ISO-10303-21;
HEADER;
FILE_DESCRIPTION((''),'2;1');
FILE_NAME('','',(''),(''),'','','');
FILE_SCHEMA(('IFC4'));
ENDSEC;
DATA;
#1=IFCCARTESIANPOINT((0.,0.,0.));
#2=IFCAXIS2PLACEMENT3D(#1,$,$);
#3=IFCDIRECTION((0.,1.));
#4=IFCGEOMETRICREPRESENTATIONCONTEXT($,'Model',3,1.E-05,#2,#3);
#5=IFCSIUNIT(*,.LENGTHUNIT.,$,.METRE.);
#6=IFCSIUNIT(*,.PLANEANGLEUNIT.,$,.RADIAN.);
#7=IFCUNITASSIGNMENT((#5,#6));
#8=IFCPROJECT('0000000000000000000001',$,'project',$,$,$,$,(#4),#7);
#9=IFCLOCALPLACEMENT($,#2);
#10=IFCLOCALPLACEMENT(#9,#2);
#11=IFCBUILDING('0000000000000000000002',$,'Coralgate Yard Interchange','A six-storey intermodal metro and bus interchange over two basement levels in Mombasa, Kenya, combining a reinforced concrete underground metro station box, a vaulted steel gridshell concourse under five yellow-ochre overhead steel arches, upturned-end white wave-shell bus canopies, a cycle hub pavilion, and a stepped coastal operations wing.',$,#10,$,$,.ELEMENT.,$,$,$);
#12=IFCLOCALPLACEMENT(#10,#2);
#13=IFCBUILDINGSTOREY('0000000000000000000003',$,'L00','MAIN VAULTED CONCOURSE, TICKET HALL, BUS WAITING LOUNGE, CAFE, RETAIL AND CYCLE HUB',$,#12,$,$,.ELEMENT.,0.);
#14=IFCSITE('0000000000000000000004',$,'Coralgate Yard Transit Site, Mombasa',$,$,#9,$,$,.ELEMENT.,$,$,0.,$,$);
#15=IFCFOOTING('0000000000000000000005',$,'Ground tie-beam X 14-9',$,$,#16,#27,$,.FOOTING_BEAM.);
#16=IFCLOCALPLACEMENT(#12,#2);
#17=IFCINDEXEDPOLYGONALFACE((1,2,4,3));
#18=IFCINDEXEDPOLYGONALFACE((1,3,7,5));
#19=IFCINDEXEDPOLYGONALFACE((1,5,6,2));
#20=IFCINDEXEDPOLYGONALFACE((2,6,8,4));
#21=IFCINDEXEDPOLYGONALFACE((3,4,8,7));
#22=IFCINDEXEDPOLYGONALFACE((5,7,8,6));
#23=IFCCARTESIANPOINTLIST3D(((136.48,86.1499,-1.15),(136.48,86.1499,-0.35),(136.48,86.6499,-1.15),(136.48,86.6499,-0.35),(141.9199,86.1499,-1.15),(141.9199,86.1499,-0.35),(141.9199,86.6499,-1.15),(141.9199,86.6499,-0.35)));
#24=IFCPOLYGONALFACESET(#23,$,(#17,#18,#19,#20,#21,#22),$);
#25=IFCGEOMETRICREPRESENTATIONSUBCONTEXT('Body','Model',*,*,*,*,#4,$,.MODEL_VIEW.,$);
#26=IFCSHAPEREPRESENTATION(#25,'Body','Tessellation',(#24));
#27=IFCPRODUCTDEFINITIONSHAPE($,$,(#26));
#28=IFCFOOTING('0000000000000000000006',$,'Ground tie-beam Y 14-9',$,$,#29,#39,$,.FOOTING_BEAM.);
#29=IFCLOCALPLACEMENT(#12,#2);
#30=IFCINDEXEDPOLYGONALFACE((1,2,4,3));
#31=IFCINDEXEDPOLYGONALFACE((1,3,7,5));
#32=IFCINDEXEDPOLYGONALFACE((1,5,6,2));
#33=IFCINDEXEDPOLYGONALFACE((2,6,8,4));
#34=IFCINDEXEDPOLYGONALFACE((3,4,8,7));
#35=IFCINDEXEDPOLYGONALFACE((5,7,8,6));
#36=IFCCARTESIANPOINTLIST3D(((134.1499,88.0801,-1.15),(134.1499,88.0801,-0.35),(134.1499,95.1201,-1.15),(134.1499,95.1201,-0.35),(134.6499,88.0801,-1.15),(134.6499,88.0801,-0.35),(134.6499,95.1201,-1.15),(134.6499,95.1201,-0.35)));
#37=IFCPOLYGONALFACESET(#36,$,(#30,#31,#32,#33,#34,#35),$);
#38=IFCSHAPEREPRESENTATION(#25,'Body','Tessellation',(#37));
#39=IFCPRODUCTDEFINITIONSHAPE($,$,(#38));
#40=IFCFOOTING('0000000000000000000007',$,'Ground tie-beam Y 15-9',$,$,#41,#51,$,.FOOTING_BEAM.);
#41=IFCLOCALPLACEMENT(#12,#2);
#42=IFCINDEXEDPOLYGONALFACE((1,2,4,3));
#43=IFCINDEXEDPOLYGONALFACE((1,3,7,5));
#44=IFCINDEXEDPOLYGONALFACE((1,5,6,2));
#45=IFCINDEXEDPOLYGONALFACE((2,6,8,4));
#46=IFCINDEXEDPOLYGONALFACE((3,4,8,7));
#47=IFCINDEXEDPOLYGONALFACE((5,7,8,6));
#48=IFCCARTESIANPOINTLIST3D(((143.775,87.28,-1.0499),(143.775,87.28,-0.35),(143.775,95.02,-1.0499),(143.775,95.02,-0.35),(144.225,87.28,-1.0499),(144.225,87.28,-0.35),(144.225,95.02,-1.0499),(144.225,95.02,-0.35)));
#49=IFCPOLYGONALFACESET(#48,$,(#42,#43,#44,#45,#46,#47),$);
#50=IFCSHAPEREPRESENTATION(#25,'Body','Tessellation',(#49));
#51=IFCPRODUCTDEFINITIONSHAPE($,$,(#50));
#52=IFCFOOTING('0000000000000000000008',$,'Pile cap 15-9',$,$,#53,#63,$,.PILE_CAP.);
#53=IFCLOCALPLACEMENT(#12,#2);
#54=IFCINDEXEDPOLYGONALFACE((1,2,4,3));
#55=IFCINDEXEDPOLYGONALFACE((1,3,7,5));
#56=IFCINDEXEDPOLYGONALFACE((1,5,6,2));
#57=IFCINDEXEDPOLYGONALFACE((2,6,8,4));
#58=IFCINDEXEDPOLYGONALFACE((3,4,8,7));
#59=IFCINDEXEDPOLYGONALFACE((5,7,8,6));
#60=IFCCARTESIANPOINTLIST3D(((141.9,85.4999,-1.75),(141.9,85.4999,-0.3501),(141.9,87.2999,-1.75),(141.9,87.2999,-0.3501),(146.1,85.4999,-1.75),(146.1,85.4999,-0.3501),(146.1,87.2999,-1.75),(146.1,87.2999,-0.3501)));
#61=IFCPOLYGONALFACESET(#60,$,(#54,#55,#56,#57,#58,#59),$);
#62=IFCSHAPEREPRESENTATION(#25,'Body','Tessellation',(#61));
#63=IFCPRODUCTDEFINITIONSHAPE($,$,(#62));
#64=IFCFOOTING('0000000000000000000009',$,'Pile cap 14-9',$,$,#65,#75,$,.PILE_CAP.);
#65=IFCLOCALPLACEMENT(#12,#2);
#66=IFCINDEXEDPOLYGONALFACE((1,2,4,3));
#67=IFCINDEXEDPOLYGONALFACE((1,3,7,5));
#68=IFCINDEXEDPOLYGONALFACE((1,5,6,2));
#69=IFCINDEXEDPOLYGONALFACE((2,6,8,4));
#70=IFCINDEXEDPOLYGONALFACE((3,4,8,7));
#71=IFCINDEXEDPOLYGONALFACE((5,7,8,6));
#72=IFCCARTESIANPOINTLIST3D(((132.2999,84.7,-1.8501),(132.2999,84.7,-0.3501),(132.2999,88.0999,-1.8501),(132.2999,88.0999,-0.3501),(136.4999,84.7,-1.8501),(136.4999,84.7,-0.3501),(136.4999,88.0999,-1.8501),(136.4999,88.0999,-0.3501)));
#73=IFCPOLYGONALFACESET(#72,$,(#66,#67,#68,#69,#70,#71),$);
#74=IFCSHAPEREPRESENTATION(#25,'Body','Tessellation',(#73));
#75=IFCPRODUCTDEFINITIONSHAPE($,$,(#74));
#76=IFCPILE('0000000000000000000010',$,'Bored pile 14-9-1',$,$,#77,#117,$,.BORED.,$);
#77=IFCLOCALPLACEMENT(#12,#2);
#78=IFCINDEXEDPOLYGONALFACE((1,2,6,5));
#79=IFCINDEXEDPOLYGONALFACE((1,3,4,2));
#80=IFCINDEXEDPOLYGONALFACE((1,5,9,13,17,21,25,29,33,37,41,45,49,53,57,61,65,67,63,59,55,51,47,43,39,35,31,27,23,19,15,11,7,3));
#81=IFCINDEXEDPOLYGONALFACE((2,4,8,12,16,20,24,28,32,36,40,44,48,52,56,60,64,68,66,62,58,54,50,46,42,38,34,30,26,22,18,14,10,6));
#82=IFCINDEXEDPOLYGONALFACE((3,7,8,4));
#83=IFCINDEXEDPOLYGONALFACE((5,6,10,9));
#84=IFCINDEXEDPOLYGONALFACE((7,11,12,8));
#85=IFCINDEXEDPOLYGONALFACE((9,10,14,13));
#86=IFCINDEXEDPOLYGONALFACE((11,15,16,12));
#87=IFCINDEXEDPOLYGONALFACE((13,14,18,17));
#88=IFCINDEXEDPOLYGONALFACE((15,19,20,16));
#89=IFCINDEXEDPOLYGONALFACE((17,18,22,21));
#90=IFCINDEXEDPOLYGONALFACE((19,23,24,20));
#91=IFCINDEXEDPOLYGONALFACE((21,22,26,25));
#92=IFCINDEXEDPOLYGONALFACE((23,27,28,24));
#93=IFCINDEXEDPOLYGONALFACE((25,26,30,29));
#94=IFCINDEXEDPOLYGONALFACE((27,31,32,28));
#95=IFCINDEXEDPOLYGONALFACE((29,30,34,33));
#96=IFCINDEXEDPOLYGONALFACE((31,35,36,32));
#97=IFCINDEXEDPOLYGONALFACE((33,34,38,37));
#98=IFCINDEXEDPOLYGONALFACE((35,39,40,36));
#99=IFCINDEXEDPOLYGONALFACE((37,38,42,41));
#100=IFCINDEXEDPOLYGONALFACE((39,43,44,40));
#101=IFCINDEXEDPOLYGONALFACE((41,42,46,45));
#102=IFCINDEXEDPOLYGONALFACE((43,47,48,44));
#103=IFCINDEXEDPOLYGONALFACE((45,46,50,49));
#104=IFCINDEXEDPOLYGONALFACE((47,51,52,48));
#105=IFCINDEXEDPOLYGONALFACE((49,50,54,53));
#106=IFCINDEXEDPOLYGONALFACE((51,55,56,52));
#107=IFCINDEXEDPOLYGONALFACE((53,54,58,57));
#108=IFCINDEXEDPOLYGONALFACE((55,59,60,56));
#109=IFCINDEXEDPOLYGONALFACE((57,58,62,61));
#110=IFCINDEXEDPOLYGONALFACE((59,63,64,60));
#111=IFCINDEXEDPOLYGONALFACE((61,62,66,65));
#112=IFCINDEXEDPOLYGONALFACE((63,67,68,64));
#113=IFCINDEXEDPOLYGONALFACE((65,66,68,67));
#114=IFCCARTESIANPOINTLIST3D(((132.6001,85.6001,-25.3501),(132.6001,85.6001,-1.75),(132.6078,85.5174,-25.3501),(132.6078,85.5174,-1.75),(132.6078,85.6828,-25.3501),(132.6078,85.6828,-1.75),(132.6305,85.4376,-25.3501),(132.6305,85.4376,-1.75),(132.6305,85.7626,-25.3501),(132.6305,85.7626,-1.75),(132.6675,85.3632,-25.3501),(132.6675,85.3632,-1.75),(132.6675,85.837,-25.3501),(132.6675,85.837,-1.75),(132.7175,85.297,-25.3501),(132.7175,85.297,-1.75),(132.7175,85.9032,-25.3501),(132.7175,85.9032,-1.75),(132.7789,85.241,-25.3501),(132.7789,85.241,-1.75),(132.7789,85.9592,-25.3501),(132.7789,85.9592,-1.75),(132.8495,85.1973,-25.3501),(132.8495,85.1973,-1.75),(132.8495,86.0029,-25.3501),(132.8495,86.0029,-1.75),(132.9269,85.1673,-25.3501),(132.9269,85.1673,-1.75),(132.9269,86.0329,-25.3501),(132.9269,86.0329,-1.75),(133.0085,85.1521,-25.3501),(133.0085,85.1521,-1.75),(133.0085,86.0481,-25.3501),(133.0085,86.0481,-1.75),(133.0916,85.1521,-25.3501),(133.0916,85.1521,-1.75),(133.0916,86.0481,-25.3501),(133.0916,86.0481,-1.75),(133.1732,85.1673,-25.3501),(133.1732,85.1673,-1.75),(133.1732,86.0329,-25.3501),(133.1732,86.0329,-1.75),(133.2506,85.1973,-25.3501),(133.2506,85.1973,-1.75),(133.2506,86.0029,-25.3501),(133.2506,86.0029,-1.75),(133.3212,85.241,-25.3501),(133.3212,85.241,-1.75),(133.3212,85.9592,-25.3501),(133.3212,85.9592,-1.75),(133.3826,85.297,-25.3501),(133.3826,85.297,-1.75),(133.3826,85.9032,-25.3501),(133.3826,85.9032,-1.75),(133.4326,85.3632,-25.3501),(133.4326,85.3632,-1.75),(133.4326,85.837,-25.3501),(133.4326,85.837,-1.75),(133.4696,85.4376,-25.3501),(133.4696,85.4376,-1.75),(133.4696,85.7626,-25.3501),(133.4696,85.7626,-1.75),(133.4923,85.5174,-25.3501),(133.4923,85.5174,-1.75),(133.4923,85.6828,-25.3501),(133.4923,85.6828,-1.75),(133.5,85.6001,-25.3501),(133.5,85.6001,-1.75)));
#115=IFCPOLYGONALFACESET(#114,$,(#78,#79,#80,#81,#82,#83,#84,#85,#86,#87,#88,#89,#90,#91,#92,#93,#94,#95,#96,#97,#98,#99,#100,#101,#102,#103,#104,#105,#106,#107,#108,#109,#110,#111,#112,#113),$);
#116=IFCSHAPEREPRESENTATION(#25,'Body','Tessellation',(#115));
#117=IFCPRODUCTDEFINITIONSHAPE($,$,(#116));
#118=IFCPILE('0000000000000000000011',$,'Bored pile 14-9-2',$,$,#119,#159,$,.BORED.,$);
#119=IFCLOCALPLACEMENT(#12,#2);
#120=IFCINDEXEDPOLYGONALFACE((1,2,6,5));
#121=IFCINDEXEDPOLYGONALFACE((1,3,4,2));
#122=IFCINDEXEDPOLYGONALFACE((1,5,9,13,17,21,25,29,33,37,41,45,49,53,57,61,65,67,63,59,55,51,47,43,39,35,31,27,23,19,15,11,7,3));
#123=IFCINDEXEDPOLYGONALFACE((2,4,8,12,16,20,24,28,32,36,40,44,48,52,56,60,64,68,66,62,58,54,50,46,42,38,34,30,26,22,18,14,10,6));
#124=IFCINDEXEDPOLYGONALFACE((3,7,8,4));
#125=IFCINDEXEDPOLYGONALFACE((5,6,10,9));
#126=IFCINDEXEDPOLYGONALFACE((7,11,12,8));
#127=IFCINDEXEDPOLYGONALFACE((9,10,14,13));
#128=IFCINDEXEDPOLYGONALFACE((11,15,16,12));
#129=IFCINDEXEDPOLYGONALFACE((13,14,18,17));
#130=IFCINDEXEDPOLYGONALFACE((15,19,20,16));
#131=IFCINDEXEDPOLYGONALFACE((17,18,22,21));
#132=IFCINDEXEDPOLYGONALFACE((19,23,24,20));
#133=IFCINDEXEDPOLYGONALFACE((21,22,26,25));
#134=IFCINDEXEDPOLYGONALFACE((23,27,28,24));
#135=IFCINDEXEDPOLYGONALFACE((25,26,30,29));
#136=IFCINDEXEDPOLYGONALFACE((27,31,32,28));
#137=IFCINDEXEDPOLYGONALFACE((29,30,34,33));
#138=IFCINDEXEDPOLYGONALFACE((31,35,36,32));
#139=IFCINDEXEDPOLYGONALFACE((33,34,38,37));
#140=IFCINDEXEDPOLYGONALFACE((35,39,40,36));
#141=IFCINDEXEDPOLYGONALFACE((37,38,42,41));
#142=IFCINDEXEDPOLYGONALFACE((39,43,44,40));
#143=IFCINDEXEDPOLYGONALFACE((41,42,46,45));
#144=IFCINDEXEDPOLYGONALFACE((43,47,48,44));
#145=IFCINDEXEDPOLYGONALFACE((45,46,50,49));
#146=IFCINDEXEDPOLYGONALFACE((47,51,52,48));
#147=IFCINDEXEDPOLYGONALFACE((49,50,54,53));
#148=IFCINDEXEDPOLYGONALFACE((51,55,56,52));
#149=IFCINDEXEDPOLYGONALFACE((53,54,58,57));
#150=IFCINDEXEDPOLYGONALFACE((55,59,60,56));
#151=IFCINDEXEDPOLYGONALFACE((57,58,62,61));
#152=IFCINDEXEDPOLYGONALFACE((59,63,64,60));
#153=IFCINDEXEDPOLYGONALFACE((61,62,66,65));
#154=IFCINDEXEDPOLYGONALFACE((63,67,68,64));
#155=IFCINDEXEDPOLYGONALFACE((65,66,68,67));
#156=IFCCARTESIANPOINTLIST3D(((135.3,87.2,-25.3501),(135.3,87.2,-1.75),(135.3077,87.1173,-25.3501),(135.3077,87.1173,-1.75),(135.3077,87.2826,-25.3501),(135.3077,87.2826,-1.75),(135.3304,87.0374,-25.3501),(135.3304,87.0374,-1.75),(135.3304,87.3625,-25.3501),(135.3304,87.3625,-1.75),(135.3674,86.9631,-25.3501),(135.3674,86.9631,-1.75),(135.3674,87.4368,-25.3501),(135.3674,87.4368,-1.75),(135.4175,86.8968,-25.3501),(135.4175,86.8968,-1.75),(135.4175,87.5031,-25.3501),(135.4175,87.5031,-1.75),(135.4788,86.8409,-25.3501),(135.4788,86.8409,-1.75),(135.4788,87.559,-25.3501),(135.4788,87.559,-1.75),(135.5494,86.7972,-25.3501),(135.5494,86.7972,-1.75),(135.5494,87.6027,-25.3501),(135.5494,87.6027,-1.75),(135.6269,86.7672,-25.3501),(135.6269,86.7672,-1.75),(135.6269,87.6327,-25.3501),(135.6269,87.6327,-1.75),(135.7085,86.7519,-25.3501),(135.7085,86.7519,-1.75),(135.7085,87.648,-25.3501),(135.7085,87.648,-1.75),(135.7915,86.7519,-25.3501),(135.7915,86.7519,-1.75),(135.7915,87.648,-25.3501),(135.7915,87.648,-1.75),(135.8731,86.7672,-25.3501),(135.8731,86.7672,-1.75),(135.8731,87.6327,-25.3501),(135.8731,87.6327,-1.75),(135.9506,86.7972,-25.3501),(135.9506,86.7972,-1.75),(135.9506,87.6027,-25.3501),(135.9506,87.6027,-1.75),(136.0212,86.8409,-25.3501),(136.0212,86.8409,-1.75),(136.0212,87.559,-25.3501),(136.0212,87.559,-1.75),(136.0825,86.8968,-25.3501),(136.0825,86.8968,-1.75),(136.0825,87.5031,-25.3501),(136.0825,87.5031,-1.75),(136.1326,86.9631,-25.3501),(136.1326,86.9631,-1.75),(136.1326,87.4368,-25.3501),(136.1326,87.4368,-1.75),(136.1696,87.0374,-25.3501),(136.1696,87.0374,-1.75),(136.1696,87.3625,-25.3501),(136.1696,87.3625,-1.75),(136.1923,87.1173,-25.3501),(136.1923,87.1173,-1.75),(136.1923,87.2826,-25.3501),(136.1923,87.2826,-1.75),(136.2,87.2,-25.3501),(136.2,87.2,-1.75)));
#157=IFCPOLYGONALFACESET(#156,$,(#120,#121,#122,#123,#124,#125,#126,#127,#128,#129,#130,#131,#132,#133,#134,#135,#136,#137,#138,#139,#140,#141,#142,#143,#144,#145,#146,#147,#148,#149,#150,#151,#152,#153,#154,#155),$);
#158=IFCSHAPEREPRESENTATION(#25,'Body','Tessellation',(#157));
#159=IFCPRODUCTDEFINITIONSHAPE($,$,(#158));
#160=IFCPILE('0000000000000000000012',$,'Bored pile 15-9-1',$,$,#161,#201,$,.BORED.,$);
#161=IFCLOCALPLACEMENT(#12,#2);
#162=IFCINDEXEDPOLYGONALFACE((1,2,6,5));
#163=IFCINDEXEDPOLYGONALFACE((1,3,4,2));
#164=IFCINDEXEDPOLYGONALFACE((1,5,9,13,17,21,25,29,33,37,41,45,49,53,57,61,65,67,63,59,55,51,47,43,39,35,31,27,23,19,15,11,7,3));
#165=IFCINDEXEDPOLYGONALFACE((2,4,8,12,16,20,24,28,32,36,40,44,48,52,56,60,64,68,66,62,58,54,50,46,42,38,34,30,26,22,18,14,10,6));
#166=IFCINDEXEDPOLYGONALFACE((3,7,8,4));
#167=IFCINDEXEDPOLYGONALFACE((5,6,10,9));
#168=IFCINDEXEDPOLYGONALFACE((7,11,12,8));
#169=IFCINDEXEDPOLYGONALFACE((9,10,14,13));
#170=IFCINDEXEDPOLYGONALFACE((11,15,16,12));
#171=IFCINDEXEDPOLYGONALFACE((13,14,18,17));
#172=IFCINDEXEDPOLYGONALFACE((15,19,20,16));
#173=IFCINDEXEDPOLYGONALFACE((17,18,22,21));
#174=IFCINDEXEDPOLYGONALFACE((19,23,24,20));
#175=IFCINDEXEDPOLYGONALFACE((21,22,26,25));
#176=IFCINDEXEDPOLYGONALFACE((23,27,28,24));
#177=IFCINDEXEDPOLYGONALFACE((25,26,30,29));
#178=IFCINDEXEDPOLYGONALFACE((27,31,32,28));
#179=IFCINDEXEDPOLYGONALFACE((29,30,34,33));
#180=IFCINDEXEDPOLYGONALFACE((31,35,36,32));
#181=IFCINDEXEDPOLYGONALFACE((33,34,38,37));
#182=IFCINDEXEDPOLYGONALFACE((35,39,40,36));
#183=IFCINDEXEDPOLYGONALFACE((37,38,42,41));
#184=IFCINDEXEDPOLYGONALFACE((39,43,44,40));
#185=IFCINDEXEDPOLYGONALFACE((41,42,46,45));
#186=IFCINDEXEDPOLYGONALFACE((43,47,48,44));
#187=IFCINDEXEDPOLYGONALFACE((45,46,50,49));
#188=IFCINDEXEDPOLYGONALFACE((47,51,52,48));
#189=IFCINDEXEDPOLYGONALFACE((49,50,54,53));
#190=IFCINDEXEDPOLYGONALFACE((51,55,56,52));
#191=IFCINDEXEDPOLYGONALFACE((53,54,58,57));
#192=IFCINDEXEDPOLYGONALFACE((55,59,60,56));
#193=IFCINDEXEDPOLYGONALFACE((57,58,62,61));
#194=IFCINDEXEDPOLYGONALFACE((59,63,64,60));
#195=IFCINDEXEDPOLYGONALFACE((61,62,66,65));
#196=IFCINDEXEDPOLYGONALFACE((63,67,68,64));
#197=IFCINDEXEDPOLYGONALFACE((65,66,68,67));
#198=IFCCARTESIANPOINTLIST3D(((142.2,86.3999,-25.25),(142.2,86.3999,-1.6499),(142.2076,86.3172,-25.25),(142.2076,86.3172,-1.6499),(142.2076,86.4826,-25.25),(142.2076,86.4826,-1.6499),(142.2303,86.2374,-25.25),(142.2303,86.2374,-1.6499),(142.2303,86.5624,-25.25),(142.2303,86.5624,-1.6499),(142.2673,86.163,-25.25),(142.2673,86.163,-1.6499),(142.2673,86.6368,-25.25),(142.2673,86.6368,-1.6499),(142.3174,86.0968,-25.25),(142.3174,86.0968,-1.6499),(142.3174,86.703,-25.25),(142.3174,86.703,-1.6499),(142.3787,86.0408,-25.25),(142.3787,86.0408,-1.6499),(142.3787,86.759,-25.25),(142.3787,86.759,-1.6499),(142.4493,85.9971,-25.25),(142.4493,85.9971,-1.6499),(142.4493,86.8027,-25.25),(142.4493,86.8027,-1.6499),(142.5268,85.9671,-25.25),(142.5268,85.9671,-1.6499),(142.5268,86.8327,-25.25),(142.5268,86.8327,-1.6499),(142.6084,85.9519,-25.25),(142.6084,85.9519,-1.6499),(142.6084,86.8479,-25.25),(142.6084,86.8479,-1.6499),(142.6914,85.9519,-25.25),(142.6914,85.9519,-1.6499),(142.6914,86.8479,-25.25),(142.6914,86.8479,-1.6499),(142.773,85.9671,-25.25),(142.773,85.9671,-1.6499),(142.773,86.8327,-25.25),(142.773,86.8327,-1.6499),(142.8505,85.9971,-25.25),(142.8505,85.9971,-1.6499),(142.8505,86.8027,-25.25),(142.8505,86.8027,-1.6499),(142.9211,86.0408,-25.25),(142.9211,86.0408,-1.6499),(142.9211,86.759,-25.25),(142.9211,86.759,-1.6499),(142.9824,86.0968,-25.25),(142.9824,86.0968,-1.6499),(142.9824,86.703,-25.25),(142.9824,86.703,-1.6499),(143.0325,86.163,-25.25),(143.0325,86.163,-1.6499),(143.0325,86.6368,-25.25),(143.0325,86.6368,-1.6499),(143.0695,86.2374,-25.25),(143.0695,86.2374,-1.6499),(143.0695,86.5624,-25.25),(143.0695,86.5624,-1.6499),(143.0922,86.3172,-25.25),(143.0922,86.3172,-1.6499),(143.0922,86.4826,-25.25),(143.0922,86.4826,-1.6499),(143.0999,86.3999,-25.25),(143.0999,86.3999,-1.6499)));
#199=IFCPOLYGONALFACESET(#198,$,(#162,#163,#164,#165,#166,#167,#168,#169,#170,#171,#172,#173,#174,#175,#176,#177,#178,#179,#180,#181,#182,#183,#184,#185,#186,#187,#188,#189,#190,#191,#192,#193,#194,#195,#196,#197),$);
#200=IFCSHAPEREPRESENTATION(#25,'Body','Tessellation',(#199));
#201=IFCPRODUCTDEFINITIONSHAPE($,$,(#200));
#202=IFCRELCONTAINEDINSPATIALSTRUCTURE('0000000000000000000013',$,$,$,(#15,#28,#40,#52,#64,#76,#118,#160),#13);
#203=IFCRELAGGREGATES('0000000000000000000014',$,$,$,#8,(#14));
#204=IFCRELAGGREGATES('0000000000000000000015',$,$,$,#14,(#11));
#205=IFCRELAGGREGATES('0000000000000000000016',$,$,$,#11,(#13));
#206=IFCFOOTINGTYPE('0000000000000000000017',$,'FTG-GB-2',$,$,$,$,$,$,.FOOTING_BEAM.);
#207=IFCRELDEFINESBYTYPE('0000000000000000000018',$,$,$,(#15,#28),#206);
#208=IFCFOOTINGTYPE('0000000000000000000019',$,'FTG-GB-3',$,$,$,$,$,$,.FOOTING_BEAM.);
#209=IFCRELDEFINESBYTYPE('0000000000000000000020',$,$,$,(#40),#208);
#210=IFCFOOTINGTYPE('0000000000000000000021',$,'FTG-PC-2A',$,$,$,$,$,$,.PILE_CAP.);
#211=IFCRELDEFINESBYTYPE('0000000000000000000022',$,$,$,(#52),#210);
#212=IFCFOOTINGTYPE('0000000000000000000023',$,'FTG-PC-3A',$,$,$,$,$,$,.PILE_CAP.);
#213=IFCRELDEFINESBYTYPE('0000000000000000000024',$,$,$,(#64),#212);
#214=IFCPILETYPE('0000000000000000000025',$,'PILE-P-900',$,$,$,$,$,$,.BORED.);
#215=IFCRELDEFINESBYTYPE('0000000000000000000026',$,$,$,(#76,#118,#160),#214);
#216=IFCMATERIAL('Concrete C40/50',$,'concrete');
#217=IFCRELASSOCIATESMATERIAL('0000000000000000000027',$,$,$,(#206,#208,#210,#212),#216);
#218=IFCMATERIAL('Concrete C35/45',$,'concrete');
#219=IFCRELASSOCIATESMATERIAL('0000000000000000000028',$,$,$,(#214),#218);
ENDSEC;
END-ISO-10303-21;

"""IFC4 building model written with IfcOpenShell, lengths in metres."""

from ifc_helpers import new_model, si_unit, direction, frame, origin, origin_2d, place, context, subcontext, project, spatial, rectangle, circle, extrude, material, material_profile, profile_set, type_object, element, save


model = new_model("IFC4")

# Units and contexts
model_context = context("Model", 3, precision=1e-05, world=origin(), true_north=direction((0.0, 1.0)))
body_context = subcontext(model_context, "Body", "Model", "MODEL_VIEW")
ifc_project = project(units=[si_unit("LENGTHUNIT", "METRE"), si_unit("PLANEANGLEUNIT", "RADIAN")], contexts=[model_context])

# Site, building, storey
site_placement = place(None, origin())
site = spatial("IfcSite", under=ifc_project, at=site_placement, Name="Coralgate Yard Transit Site, Mombasa", CompositionType="ELEMENT", RefElevation=0.0)
building_placement = place(site_placement, origin())
building = spatial("IfcBuilding", under=site, at=building_placement, Name="Coralgate Yard Interchange", Description="A six-storey intermodal metro and bus interchange over two basement levels in Mombasa, Kenya, combining a reinforced concrete underground metro station box, a vaulted steel gridshell concourse under five yellow-ochre overhead steel arches, upturned-end white wave-shell bus canopies, a cycle hub pavilion, and a stepped coastal operations wing.", CompositionType="ELEMENT")
storey_placement = place(building_placement, origin())
storey = spatial("IfcBuildingStorey", under=building, at=storey_placement, Name="L00", Description="MAIN VAULTED CONCOURSE, TICKET HALL, BUS WAITING LOUNGE, CAFE, RETAIL AND CYCLE HUB", CompositionType="ELEMENT", Elevation=0.0)

# Footings
ifc_material_1 = material(Name="Concrete C40/50", Category="concrete")
ifc_material_profile_1 = material_profile(ifc_material_1, rectangle(XDim=0.5, YDim=0.8, at=origin_2d()), Name="RC 500x800")
ifc_profile_set_1 = profile_set([ifc_material_profile_1], Name="Concrete C40/50")
footing_type_1 = type_object("IfcFootingType", Name="FTG-GB-2", PredefinedType="FOOTING_BEAM", material=ifc_profile_set_1)
footing_1_placement = place(storey_placement, frame((136.48, 86.3999, -0.75), z_axis=(1.0, 0.0, 0.0), x_axis=(0.0, 1.0, 0.0)))
element("IfcFooting", 1, at=footing_1_placement, inside=storey, type_object=footing_type_1, Name="Ground tie-beam X 14-9", PredefinedType="FOOTING_BEAM", context=body_context, shape_type="SweptSolid", body=[
    extrude(rectangle(XDim=0.5, YDim=0.8, at=origin_2d()), origin(), (0.0, 0.0, 1.0), 5.4399),
])
footing_2_placement = place(storey_placement, frame((134.3999, 88.0801, -0.75), z_axis=(0.0, 1.0, 0.0), x_axis=(-1.0, 0.0, 0.0)))
element("IfcFooting", 2, at=footing_2_placement, inside=storey, type_object=footing_type_1, Name="Ground tie-beam Y 14-9", PredefinedType="FOOTING_BEAM", context=body_context, shape_type="SweptSolid", body=[
    extrude(rectangle(XDim=0.5, YDim=0.8, at=origin_2d()), origin(), (0.0, 0.0, 1.0), 7.04),
])
ifc_material_profile_2 = material_profile(ifc_material_1, rectangle(XDim=0.45, YDim=0.7, at=origin_2d()), Name="RC 450x700")
ifc_profile_set_2 = profile_set([ifc_material_profile_2], Name="Concrete C40/50")
footing_type_2 = type_object("IfcFootingType", Name="FTG-GB-3", PredefinedType="FOOTING_BEAM", material=ifc_profile_set_2)
footing_3_placement = place(storey_placement, frame((144.0, 87.28, -0.7), z_axis=(0.0, 1.0, 0.0), x_axis=(-1.0, 0.0, 0.0)))
element("IfcFooting", 3, at=footing_3_placement, inside=storey, type_object=footing_type_2, Name="Ground tie-beam Y 15-9", PredefinedType="FOOTING_BEAM", context=body_context, shape_type="SweptSolid", body=[
    extrude(rectangle(XDim=0.45, YDim=0.7, at=origin_2d()), origin(), (0.0, 0.0, 1.0), 7.74),
])
footing_type_3 = type_object("IfcFootingType", Name="FTG-PC-2A", PredefinedType="PILE_CAP", material=ifc_material_1)
footing_4_placement = place(storey_placement, frame((144.0, 86.3999, -1.75), z_axis=(0.0, 0.0, 1.0), x_axis=(1.0, 0.0, 0.0)))
element("IfcFooting", 4, at=footing_4_placement, inside=storey, type_object=footing_type_3, Name="Pile cap 15-9", PredefinedType="PILE_CAP", context=body_context, shape_type="SweptSolid", body=[
    extrude(rectangle(XDim=4.2, YDim=1.8, at=origin_2d()), origin(), (0.0, 0.0, 1.0), 1.3999),
])
footing_type_4 = type_object("IfcFootingType", Name="FTG-PC-3A", PredefinedType="PILE_CAP", material=ifc_material_1)
footing_5_placement = place(storey_placement, frame((134.3999, 86.3999, -1.8501), z_axis=(0.0, 0.0, 1.0), x_axis=(1.0, 0.0, 0.0)))
element("IfcFooting", 5, at=footing_5_placement, inside=storey, type_object=footing_type_4, Name="Pile cap 14-9", PredefinedType="PILE_CAP", context=body_context, shape_type="SweptSolid", body=[
    extrude(rectangle(XDim=4.2, YDim=3.3999, at=origin_2d()), origin(), (0.0, 0.0, 1.0), 1.5),
])

# Piles
ifc_material_2 = material(Name="Concrete C35/45", Category="concrete")
ifc_material_profile_3 = material_profile(ifc_material_2, circle(Radius=0.45, at=origin_2d()), Name="BORED PILE D900")
ifc_profile_set_3 = profile_set([ifc_material_profile_3], Name="Concrete C35/45")
pile_type = type_object("IfcPileType", Name="PILE-P-900", PredefinedType="BORED", material=ifc_profile_set_3)
for number, where, z_axis, x_axis, name in (
    (6, (133.05, 85.6001, -1.75), (0.0, 0.0, -1.0), (1.0, 0.0, 0.0), "Bored pile 14-9-1"),
    (7, (135.75, 87.2, -1.75), (0.0, 0.0, -1.0), (1.0, 0.0, 0.0), "Bored pile 14-9-2"),
    (8, (142.6499, 86.3999, -1.6499), (0.0, 0.0, -1.0), (1.0, 0.0, 0.0), "Bored pile 15-9-1"),
):
    element("IfcPile", number, at=place(storey_placement, frame(where, z_axis=z_axis, x_axis=x_axis)), inside=storey, type_object=pile_type, Name=name, PredefinedType="BORED", context=body_context, shape_type="SweptSolid", body=[
        extrude(circle(Radius=0.45, at=origin_2d()), origin(), (0.0, 0.0, 1.0), 23.6001),
    ])

save(model, "model.ifc")
